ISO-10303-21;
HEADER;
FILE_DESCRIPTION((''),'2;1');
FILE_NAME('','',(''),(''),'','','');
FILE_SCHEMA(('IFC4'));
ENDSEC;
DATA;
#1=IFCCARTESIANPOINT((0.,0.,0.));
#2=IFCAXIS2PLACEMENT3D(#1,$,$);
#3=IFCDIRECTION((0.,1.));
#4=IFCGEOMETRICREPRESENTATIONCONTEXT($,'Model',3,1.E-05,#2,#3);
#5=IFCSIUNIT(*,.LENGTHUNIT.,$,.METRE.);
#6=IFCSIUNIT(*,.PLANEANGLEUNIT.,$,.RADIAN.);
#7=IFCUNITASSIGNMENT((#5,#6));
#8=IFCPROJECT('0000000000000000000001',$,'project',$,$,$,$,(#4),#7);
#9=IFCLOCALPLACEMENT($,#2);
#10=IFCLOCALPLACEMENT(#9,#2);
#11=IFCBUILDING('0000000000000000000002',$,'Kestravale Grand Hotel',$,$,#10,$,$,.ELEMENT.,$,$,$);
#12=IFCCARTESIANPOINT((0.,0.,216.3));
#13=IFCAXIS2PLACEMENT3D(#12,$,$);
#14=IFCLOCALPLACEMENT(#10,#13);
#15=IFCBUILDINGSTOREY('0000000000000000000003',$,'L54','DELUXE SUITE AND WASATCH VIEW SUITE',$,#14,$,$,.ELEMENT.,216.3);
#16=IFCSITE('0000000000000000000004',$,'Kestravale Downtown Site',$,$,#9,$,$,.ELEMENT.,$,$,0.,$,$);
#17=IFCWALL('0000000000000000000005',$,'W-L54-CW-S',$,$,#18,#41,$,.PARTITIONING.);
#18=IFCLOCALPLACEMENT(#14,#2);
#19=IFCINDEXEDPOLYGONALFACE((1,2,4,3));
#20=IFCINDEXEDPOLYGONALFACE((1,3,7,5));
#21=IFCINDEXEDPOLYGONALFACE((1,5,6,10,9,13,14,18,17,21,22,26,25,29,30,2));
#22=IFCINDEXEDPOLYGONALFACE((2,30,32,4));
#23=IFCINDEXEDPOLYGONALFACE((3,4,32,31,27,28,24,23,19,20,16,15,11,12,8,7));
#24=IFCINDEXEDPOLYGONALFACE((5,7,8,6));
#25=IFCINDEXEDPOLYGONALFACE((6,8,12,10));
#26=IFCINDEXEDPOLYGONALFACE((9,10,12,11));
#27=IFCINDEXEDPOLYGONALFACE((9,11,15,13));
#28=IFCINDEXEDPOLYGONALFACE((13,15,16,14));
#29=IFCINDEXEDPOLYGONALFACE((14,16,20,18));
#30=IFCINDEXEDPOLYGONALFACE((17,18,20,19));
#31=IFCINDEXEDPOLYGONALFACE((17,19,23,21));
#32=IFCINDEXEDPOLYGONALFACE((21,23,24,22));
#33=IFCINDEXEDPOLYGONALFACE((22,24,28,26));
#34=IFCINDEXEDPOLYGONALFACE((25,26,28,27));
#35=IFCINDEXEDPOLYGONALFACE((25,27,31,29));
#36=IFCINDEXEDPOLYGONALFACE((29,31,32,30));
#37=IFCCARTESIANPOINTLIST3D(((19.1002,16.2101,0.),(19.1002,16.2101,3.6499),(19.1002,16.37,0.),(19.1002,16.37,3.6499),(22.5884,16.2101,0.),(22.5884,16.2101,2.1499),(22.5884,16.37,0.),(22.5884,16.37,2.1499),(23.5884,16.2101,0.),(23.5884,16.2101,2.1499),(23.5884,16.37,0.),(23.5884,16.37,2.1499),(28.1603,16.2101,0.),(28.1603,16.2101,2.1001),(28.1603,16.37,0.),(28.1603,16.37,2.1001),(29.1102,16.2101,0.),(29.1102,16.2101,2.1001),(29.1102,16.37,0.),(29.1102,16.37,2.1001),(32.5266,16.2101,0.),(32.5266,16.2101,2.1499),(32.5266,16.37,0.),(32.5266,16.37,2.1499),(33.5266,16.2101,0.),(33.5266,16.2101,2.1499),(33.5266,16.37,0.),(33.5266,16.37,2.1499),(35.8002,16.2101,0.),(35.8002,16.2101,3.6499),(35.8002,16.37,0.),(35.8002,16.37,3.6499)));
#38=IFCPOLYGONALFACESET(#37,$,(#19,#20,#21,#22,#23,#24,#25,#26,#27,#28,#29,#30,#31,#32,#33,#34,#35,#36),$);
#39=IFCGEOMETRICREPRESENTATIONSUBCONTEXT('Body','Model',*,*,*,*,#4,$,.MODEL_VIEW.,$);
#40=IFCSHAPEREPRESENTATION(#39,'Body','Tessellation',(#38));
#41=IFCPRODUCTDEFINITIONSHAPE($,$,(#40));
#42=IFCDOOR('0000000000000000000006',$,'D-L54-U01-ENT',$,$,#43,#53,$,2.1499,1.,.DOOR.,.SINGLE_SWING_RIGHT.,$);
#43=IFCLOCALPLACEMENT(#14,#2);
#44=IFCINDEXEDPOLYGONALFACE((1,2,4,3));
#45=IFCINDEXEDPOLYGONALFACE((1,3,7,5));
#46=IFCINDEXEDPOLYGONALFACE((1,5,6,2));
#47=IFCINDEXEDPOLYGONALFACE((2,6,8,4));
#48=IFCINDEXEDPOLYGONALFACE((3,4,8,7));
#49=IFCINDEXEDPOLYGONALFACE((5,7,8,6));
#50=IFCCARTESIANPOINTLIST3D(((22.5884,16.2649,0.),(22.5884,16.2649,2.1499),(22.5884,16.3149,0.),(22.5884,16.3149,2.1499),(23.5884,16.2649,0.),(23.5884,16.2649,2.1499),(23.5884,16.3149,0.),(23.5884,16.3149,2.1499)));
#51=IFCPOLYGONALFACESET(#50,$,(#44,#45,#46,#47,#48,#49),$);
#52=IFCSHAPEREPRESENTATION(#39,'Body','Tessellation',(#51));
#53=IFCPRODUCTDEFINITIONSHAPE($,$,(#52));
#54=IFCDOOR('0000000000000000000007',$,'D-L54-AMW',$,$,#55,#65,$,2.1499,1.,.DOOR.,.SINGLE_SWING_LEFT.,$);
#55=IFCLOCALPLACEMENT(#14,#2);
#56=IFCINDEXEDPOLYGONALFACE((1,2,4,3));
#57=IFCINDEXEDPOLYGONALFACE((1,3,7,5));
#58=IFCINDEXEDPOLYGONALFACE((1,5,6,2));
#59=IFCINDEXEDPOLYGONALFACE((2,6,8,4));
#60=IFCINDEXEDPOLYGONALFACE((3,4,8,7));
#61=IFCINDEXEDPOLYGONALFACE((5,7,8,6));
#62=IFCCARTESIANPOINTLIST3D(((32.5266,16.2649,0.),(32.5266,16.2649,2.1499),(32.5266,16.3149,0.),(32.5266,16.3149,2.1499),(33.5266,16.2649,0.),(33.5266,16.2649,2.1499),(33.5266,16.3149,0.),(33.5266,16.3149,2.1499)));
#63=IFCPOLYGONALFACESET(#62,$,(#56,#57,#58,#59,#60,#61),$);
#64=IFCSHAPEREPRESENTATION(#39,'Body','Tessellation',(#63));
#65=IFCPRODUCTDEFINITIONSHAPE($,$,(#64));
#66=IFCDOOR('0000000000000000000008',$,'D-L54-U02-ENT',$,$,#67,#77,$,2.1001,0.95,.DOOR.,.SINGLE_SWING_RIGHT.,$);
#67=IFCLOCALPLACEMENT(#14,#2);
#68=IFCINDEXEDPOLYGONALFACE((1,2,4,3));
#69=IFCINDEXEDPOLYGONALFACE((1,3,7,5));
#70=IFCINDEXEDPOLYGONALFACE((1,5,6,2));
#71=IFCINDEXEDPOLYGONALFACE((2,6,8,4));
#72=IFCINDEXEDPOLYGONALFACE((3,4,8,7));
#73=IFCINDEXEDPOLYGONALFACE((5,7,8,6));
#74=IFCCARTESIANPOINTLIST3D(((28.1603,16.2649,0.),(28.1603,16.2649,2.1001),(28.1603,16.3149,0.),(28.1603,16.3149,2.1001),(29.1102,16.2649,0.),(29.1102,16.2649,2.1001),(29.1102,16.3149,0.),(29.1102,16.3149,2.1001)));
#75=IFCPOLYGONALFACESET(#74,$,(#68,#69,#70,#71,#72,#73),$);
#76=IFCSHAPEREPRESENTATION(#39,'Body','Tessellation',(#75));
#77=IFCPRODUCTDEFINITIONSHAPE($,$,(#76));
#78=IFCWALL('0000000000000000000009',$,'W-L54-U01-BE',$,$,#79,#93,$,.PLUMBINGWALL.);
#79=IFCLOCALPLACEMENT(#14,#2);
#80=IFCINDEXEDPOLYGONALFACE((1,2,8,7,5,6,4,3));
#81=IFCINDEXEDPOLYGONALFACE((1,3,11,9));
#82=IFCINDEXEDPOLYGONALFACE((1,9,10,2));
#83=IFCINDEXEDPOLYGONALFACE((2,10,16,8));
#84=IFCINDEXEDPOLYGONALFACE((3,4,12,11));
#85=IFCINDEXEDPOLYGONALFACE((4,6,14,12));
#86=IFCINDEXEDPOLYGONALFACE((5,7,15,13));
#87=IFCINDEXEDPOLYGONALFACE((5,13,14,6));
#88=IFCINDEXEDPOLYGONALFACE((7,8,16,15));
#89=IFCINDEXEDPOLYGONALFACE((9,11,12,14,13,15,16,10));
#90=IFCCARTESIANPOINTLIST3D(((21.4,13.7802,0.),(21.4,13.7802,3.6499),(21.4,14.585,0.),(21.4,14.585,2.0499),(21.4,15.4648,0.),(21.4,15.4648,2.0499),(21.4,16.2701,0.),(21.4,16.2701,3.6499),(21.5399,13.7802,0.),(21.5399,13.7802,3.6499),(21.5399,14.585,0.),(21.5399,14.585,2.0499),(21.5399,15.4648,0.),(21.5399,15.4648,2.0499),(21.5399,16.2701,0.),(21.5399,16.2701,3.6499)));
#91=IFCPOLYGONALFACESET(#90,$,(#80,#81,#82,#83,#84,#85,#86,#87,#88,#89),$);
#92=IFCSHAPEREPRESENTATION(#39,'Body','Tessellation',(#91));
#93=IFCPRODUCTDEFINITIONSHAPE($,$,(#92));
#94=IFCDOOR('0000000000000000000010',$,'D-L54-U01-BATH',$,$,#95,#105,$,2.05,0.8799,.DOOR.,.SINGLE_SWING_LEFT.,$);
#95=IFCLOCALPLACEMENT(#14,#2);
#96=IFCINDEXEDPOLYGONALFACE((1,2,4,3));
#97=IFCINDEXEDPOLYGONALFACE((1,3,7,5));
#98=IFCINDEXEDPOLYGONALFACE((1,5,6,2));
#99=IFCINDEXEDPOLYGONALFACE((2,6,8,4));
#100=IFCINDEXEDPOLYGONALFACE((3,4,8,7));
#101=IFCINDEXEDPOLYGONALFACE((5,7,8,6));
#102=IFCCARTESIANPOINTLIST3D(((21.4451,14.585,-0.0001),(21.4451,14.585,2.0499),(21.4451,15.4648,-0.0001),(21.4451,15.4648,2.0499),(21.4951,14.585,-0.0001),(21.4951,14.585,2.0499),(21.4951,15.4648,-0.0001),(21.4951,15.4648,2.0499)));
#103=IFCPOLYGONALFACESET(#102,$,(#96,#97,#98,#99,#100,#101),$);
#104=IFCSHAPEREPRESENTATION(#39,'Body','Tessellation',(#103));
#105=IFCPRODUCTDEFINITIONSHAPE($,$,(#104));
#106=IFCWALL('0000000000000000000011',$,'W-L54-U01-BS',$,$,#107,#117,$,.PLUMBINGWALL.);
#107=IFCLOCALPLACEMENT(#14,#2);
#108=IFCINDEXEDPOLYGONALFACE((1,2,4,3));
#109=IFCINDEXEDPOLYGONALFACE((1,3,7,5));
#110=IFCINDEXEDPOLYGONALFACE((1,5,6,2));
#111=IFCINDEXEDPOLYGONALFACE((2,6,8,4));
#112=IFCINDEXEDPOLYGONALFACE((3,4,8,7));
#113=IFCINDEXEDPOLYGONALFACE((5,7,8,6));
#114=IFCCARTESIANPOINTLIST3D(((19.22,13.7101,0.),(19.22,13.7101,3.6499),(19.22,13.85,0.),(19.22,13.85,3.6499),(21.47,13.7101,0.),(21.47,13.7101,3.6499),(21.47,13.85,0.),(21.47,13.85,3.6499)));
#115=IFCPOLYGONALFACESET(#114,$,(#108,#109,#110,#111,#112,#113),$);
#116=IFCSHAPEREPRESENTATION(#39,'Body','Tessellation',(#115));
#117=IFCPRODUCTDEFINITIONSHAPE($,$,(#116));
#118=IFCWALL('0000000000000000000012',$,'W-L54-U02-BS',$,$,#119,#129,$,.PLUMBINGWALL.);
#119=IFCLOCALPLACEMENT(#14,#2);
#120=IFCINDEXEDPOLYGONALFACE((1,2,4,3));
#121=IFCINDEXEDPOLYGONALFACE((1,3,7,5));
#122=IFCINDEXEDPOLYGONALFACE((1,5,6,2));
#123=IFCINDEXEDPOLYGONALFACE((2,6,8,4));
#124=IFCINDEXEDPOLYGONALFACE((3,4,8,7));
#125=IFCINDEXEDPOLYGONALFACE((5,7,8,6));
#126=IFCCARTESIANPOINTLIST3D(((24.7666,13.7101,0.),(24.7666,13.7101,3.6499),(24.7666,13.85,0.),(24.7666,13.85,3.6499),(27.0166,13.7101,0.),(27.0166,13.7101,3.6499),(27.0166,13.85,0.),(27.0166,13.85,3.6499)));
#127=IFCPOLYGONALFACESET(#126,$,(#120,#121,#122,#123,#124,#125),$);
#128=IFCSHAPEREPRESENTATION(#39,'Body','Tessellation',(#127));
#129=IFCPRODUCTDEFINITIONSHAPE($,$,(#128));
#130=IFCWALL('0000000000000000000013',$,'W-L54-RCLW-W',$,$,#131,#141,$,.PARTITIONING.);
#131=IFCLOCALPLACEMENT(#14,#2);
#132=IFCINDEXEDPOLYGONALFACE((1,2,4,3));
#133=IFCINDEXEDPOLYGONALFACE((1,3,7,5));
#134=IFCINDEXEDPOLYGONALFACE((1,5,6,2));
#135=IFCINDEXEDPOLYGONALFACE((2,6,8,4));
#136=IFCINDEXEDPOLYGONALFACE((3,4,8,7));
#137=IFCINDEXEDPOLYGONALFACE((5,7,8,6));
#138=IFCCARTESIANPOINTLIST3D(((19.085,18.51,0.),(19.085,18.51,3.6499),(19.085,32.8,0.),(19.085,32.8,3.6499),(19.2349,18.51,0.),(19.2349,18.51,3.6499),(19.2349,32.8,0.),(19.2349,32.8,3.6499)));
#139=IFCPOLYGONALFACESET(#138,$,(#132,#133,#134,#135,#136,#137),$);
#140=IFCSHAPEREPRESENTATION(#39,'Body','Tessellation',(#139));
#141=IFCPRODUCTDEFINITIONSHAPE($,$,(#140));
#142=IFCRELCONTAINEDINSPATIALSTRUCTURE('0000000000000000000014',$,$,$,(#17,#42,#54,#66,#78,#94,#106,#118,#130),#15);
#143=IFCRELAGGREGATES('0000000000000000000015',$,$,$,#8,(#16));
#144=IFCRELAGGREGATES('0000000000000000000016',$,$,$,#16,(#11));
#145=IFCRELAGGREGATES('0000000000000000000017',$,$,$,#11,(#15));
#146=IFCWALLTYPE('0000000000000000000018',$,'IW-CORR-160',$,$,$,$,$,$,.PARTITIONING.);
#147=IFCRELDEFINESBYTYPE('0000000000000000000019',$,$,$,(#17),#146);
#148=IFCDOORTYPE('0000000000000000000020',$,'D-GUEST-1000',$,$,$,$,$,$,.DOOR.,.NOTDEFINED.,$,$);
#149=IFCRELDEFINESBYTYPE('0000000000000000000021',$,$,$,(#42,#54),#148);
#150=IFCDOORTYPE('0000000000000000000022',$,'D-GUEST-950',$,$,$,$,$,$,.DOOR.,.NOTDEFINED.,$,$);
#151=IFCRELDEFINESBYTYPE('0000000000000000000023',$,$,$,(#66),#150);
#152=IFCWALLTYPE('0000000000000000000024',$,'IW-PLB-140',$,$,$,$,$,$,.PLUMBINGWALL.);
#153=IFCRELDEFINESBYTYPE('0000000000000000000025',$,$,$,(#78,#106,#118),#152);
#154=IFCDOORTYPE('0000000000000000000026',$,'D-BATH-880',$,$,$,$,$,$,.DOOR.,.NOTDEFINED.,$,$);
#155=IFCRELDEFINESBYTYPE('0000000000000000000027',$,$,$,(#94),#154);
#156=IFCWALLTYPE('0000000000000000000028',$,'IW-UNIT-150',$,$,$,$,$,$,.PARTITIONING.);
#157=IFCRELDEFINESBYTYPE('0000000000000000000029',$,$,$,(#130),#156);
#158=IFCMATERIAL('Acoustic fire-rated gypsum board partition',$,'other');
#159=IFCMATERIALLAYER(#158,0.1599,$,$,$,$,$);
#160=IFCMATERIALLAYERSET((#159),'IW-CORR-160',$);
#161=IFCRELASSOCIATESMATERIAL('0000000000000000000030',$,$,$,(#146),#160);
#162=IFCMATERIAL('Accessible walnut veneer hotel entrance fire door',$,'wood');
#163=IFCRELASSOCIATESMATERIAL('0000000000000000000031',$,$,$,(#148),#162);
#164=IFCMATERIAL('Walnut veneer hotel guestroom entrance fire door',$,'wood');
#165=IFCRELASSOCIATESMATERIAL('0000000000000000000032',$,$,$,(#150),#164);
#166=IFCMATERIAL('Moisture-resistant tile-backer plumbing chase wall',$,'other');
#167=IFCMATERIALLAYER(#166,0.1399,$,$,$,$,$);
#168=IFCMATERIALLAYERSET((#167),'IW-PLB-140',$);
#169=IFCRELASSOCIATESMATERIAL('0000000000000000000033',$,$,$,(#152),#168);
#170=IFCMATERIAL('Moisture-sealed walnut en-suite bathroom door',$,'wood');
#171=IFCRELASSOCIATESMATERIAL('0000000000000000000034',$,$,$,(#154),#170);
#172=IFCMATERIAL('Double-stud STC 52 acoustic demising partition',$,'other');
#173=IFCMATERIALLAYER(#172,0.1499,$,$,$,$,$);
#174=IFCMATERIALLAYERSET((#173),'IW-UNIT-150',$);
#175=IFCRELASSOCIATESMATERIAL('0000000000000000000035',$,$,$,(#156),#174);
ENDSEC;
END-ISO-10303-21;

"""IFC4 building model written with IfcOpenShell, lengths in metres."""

from ifc_helpers import new_model, si_unit, direction, frame, frame_2d, origin, place, context, subcontext, project, spatial, rectangle, extrude, material, layer, layer_set, type_object, element, fill, save


model = new_model("IFC4")

# Units and contexts
model_context = context("Model", 3, precision=1e-05, world=origin(), true_north=direction((0.0, 1.0)))
body_context = subcontext(model_context, "Body", "Model", "MODEL_VIEW")
ifc_project = project(units=[si_unit("LENGTHUNIT", "METRE"), si_unit("PLANEANGLEUNIT", "RADIAN")], contexts=[model_context])

# Site, building, storey
site_placement = place(None, origin())
site = spatial("IfcSite", under=ifc_project, at=site_placement, Name="Kestravale Downtown Site", CompositionType="ELEMENT", RefElevation=0.0)
building_placement = place(site_placement, origin())
building = spatial("IfcBuilding", under=site, at=building_placement, Name="Kestravale Grand Hotel", CompositionType="ELEMENT")
storey_placement = place(building_placement, frame((0.0, 0.0, 216.3)))
storey = spatial("IfcBuildingStorey", under=building, at=storey_placement, Name="L54", Description="DELUXE SUITE AND WASATCH VIEW SUITE", CompositionType="ELEMENT", Elevation=216.3)

# Wall, openings, doors
ifc_material_1 = material(Name="Acoustic fire-rated gypsum board partition", Category="other")
ifc_layer_1 = layer(ifc_material_1, 0.1599)
ifc_layer_set_1 = layer_set([ifc_layer_1], Name="IW-CORR-160")
wall_type_1 = type_object("IfcWallType", Name="IW-CORR-160", PredefinedType="PARTITIONING", material=ifc_layer_set_1)
ifc_material_2 = material(Name="Accessible walnut veneer hotel entrance fire door", Category="wood")
door_type_1 = type_object("IfcDoorType", Name="D-GUEST-1000", OperationType="NOTDEFINED", PredefinedType="DOOR", material=ifc_material_2)
wall_1_placement = place(storey_placement, frame((19.1001, 16.29, 0.0), z_axis=(0.0, 0.0, 1.0), x_axis=(1.0, 0.0, 0.0)))
wall_1 = element("IfcWall", 1, at=wall_1_placement, inside=storey, type_object=wall_type_1, Name="W-L54-CW-S", PredefinedType="PARTITIONING", context=body_context, shape_type="SweptSolid", body=[
    extrude(rectangle(XDim=16.7, YDim=0.1599, at=frame_2d((8.3501, 0.0))), origin(), (0.0, 0.0, 1.0), 3.6499),
])
opening_1_placement = place(wall_1_placement, frame((3.4883, 0.0, 0.0)))
opening_1 = element("IfcOpeningElement", 2, at=opening_1_placement, cuts=wall_1, PredefinedType="OPENING", context=body_context, shape_type="SweptSolid", body=[
    extrude(rectangle(XDim=1.0, YDim=2.1499, at=frame_2d((0.5, 1.075))), frame((0.0, 0.0898, 0.0), z_axis=(0.0, -1.0, 0.0), x_axis=(1.0, 0.0, 0.0)), (0.0, 0.0, 1.0), 0.1799),
])
opening_2_placement = place(wall_1_placement, frame((9.0601, 0.0, 0.0)))
opening_2 = element("IfcOpeningElement", 3, at=opening_2_placement, cuts=wall_1, PredefinedType="OPENING", context=body_context, shape_type="SweptSolid", body=[
    extrude(rectangle(XDim=0.95, YDim=2.1001, at=frame_2d((0.4751, 1.05))), frame((0.0, 0.0898, 0.0), z_axis=(0.0, -1.0, 0.0), x_axis=(1.0, 0.0, 0.0)), (0.0, 0.0, 1.0), 0.1799),
])
opening_3_placement = place(wall_1_placement, frame((13.4265, 0.0, 0.0)))
opening_3 = element("IfcOpeningElement", 4, at=opening_3_placement, cuts=wall_1, PredefinedType="OPENING", context=body_context, shape_type="SweptSolid", body=[
    extrude(rectangle(XDim=1.0, YDim=2.1499, at=frame_2d((0.5, 1.075))), frame((0.0, 0.0898, 0.0), z_axis=(0.0, -1.0, 0.0), x_axis=(1.0, 0.0, 0.0)), (0.0, 0.0, 1.0), 0.1799),
])
door_1_placement = place(opening_1_placement, origin())
door_1 = element("IfcDoor", 5, at=door_1_placement, inside=storey, type_object=door_type_1, Name="D-L54-U01-ENT", OperationType="SINGLE_SWING_RIGHT", OverallHeight=2.1499, OverallWidth=1.0, PredefinedType="DOOR", context=body_context, shape_type="SweptSolid", body=[
    extrude(rectangle(XDim=1.0, YDim=2.1499, at=frame_2d((0.5, 1.075))), frame((0.0, 0.0249, 0.0), z_axis=(0.0, -1.0, 0.0), x_axis=(1.0, 0.0, 0.0)), (0.0, 0.0, 1.0), 0.05),
])
fill(opening_1, door_1)
door_2_placement = place(opening_3_placement, origin())
door_2 = element("IfcDoor", 6, at=door_2_placement, inside=storey, type_object=door_type_1, Name="D-L54-AMW", OperationType="SINGLE_SWING_LEFT", OverallHeight=2.1499, OverallWidth=1.0, PredefinedType="DOOR", context=body_context, shape_type="SweptSolid", body=[
    extrude(rectangle(XDim=1.0, YDim=2.1499, at=frame_2d((0.5, 1.075))), frame((0.0, 0.0249, 0.0), z_axis=(0.0, -1.0, 0.0), x_axis=(1.0, 0.0, 0.0)), (0.0, 0.0, 1.0), 0.05),
])
fill(opening_3, door_2)
ifc_material_3 = material(Name="Walnut veneer hotel guestroom entrance fire door", Category="wood")
door_type_2 = type_object("IfcDoorType", Name="D-GUEST-950", OperationType="NOTDEFINED", PredefinedType="DOOR", material=ifc_material_3)
door_3_placement = place(opening_2_placement, origin())
door_3 = element("IfcDoor", 7, at=door_3_placement, inside=storey, type_object=door_type_2, Name="D-L54-U02-ENT", OperationType="SINGLE_SWING_RIGHT", OverallHeight=2.1001, OverallWidth=0.95, PredefinedType="DOOR", context=body_context, shape_type="SweptSolid", body=[
    extrude(rectangle(XDim=0.95, YDim=2.1001, at=frame_2d((0.4751, 1.05))), frame((0.0, 0.0249, 0.0), z_axis=(0.0, -1.0, 0.0), x_axis=(1.0, 0.0, 0.0)), (0.0, 0.0, 1.0), 0.05),
])
fill(opening_2, door_3)

# Wall, opening, door
ifc_material_4 = material(Name="Moisture-resistant tile-backer plumbing chase wall", Category="other")
ifc_layer_2 = layer(ifc_material_4, 0.1399)
ifc_layer_set_2 = layer_set([ifc_layer_2], Name="IW-PLB-140")
wall_type_2 = type_object("IfcWallType", Name="IW-PLB-140", PredefinedType="PLUMBINGWALL", material=ifc_layer_set_2)
wall_2_placement = place(storey_placement, frame((21.47, 13.78, 0.0), z_axis=(0.0, 0.0, 1.0), x_axis=(0.0, 1.0, 0.0)))
wall_2 = element("IfcWall", 8, at=wall_2_placement, inside=storey, type_object=wall_type_2, Name="W-L54-U01-BE", PredefinedType="PLUMBINGWALL", context=body_context, shape_type="SweptSolid", body=[
    extrude(rectangle(XDim=2.49, YDim=0.1399, at=frame_2d((1.2451, 0.0))), origin(), (0.0, 0.0, 1.0), 3.6499),
])
opening_4_placement = place(wall_2_placement, frame((0.8049, 0.0, 0.0)))
opening_4 = element("IfcOpeningElement", 9, at=opening_4_placement, cuts=wall_2, PredefinedType="OPENING", context=body_context, shape_type="SweptSolid", body=[
    extrude(rectangle(XDim=0.8799, YDim=2.05, at=frame_2d((0.4399, 1.0249))), frame((0.0, 0.0798, 0.0), z_axis=(0.0, -1.0, 0.0), x_axis=(1.0, 0.0, 0.0)), (0.0, 0.0, 1.0), 0.1599),
])
ifc_material_5 = material(Name="Moisture-sealed walnut en-suite bathroom door", Category="wood")
door_type_3 = type_object("IfcDoorType", Name="D-BATH-880", OperationType="NOTDEFINED", PredefinedType="DOOR", material=ifc_material_5)
door_4_placement = place(opening_4_placement, origin())
door_4 = element("IfcDoor", 10, at=door_4_placement, inside=storey, type_object=door_type_3, Name="D-L54-U01-BATH", OperationType="SINGLE_SWING_LEFT", OverallHeight=2.05, OverallWidth=0.8799, PredefinedType="DOOR", context=body_context, shape_type="SweptSolid", body=[
    extrude(rectangle(XDim=0.8799, YDim=2.05, at=frame_2d((0.4399, 1.0249))), frame((0.0, 0.0249, 0.0), z_axis=(0.0, -1.0, 0.0), x_axis=(1.0, 0.0, 0.0)), (0.0, 0.0, 1.0), 0.05),
])
fill(opening_4, door_4)

# Walls
for number, where, z_axis, x_axis, name in (
    (11, (19.22, 13.78, 0.0), (0.0, 0.0, 1.0), (1.0, 0.0, 0.0), "W-L54-U01-BS"),
    (12, (24.7666, 13.78, 0.0), (0.0, 0.0, 1.0), (1.0, 0.0, 0.0), "W-L54-U02-BS"),
):
    element("IfcWall", number, at=place(storey_placement, frame(where, z_axis=z_axis, x_axis=x_axis)), inside=storey, type_object=wall_type_2, Name=name, PredefinedType="PLUMBINGWALL", context=body_context, shape_type="SweptSolid", body=[
        extrude(rectangle(XDim=2.25, YDim=0.1399, at=frame_2d((1.125, 0.0))), origin(), (0.0, 0.0, 1.0), 3.6499),
    ])
ifc_material_6 = material(Name="Double-stud STC 52 acoustic demising partition", Category="other")
ifc_layer_3 = layer(ifc_material_6, 0.1499)
ifc_layer_set_3 = layer_set([ifc_layer_3], Name="IW-UNIT-150")
wall_type_3 = type_object("IfcWallType", Name="IW-UNIT-150", PredefinedType="PARTITIONING", material=ifc_layer_set_3)
wall_3_placement = place(storey_placement, frame((19.1599, 18.51, 0.0), z_axis=(0.0, 0.0, 1.0), x_axis=(0.0, 1.0, 0.0)))
element("IfcWall", 13, at=wall_3_placement, inside=storey, type_object=wall_type_3, Name="W-L54-RCLW-W", PredefinedType="PARTITIONING", context=body_context, shape_type="SweptSolid", body=[
    extrude(rectangle(XDim=14.29, YDim=0.1499, at=frame_2d((7.145, 0.0))), origin(), (0.0, 0.0, 1.0), 3.6499),
])

save(model, "model.ifc")
